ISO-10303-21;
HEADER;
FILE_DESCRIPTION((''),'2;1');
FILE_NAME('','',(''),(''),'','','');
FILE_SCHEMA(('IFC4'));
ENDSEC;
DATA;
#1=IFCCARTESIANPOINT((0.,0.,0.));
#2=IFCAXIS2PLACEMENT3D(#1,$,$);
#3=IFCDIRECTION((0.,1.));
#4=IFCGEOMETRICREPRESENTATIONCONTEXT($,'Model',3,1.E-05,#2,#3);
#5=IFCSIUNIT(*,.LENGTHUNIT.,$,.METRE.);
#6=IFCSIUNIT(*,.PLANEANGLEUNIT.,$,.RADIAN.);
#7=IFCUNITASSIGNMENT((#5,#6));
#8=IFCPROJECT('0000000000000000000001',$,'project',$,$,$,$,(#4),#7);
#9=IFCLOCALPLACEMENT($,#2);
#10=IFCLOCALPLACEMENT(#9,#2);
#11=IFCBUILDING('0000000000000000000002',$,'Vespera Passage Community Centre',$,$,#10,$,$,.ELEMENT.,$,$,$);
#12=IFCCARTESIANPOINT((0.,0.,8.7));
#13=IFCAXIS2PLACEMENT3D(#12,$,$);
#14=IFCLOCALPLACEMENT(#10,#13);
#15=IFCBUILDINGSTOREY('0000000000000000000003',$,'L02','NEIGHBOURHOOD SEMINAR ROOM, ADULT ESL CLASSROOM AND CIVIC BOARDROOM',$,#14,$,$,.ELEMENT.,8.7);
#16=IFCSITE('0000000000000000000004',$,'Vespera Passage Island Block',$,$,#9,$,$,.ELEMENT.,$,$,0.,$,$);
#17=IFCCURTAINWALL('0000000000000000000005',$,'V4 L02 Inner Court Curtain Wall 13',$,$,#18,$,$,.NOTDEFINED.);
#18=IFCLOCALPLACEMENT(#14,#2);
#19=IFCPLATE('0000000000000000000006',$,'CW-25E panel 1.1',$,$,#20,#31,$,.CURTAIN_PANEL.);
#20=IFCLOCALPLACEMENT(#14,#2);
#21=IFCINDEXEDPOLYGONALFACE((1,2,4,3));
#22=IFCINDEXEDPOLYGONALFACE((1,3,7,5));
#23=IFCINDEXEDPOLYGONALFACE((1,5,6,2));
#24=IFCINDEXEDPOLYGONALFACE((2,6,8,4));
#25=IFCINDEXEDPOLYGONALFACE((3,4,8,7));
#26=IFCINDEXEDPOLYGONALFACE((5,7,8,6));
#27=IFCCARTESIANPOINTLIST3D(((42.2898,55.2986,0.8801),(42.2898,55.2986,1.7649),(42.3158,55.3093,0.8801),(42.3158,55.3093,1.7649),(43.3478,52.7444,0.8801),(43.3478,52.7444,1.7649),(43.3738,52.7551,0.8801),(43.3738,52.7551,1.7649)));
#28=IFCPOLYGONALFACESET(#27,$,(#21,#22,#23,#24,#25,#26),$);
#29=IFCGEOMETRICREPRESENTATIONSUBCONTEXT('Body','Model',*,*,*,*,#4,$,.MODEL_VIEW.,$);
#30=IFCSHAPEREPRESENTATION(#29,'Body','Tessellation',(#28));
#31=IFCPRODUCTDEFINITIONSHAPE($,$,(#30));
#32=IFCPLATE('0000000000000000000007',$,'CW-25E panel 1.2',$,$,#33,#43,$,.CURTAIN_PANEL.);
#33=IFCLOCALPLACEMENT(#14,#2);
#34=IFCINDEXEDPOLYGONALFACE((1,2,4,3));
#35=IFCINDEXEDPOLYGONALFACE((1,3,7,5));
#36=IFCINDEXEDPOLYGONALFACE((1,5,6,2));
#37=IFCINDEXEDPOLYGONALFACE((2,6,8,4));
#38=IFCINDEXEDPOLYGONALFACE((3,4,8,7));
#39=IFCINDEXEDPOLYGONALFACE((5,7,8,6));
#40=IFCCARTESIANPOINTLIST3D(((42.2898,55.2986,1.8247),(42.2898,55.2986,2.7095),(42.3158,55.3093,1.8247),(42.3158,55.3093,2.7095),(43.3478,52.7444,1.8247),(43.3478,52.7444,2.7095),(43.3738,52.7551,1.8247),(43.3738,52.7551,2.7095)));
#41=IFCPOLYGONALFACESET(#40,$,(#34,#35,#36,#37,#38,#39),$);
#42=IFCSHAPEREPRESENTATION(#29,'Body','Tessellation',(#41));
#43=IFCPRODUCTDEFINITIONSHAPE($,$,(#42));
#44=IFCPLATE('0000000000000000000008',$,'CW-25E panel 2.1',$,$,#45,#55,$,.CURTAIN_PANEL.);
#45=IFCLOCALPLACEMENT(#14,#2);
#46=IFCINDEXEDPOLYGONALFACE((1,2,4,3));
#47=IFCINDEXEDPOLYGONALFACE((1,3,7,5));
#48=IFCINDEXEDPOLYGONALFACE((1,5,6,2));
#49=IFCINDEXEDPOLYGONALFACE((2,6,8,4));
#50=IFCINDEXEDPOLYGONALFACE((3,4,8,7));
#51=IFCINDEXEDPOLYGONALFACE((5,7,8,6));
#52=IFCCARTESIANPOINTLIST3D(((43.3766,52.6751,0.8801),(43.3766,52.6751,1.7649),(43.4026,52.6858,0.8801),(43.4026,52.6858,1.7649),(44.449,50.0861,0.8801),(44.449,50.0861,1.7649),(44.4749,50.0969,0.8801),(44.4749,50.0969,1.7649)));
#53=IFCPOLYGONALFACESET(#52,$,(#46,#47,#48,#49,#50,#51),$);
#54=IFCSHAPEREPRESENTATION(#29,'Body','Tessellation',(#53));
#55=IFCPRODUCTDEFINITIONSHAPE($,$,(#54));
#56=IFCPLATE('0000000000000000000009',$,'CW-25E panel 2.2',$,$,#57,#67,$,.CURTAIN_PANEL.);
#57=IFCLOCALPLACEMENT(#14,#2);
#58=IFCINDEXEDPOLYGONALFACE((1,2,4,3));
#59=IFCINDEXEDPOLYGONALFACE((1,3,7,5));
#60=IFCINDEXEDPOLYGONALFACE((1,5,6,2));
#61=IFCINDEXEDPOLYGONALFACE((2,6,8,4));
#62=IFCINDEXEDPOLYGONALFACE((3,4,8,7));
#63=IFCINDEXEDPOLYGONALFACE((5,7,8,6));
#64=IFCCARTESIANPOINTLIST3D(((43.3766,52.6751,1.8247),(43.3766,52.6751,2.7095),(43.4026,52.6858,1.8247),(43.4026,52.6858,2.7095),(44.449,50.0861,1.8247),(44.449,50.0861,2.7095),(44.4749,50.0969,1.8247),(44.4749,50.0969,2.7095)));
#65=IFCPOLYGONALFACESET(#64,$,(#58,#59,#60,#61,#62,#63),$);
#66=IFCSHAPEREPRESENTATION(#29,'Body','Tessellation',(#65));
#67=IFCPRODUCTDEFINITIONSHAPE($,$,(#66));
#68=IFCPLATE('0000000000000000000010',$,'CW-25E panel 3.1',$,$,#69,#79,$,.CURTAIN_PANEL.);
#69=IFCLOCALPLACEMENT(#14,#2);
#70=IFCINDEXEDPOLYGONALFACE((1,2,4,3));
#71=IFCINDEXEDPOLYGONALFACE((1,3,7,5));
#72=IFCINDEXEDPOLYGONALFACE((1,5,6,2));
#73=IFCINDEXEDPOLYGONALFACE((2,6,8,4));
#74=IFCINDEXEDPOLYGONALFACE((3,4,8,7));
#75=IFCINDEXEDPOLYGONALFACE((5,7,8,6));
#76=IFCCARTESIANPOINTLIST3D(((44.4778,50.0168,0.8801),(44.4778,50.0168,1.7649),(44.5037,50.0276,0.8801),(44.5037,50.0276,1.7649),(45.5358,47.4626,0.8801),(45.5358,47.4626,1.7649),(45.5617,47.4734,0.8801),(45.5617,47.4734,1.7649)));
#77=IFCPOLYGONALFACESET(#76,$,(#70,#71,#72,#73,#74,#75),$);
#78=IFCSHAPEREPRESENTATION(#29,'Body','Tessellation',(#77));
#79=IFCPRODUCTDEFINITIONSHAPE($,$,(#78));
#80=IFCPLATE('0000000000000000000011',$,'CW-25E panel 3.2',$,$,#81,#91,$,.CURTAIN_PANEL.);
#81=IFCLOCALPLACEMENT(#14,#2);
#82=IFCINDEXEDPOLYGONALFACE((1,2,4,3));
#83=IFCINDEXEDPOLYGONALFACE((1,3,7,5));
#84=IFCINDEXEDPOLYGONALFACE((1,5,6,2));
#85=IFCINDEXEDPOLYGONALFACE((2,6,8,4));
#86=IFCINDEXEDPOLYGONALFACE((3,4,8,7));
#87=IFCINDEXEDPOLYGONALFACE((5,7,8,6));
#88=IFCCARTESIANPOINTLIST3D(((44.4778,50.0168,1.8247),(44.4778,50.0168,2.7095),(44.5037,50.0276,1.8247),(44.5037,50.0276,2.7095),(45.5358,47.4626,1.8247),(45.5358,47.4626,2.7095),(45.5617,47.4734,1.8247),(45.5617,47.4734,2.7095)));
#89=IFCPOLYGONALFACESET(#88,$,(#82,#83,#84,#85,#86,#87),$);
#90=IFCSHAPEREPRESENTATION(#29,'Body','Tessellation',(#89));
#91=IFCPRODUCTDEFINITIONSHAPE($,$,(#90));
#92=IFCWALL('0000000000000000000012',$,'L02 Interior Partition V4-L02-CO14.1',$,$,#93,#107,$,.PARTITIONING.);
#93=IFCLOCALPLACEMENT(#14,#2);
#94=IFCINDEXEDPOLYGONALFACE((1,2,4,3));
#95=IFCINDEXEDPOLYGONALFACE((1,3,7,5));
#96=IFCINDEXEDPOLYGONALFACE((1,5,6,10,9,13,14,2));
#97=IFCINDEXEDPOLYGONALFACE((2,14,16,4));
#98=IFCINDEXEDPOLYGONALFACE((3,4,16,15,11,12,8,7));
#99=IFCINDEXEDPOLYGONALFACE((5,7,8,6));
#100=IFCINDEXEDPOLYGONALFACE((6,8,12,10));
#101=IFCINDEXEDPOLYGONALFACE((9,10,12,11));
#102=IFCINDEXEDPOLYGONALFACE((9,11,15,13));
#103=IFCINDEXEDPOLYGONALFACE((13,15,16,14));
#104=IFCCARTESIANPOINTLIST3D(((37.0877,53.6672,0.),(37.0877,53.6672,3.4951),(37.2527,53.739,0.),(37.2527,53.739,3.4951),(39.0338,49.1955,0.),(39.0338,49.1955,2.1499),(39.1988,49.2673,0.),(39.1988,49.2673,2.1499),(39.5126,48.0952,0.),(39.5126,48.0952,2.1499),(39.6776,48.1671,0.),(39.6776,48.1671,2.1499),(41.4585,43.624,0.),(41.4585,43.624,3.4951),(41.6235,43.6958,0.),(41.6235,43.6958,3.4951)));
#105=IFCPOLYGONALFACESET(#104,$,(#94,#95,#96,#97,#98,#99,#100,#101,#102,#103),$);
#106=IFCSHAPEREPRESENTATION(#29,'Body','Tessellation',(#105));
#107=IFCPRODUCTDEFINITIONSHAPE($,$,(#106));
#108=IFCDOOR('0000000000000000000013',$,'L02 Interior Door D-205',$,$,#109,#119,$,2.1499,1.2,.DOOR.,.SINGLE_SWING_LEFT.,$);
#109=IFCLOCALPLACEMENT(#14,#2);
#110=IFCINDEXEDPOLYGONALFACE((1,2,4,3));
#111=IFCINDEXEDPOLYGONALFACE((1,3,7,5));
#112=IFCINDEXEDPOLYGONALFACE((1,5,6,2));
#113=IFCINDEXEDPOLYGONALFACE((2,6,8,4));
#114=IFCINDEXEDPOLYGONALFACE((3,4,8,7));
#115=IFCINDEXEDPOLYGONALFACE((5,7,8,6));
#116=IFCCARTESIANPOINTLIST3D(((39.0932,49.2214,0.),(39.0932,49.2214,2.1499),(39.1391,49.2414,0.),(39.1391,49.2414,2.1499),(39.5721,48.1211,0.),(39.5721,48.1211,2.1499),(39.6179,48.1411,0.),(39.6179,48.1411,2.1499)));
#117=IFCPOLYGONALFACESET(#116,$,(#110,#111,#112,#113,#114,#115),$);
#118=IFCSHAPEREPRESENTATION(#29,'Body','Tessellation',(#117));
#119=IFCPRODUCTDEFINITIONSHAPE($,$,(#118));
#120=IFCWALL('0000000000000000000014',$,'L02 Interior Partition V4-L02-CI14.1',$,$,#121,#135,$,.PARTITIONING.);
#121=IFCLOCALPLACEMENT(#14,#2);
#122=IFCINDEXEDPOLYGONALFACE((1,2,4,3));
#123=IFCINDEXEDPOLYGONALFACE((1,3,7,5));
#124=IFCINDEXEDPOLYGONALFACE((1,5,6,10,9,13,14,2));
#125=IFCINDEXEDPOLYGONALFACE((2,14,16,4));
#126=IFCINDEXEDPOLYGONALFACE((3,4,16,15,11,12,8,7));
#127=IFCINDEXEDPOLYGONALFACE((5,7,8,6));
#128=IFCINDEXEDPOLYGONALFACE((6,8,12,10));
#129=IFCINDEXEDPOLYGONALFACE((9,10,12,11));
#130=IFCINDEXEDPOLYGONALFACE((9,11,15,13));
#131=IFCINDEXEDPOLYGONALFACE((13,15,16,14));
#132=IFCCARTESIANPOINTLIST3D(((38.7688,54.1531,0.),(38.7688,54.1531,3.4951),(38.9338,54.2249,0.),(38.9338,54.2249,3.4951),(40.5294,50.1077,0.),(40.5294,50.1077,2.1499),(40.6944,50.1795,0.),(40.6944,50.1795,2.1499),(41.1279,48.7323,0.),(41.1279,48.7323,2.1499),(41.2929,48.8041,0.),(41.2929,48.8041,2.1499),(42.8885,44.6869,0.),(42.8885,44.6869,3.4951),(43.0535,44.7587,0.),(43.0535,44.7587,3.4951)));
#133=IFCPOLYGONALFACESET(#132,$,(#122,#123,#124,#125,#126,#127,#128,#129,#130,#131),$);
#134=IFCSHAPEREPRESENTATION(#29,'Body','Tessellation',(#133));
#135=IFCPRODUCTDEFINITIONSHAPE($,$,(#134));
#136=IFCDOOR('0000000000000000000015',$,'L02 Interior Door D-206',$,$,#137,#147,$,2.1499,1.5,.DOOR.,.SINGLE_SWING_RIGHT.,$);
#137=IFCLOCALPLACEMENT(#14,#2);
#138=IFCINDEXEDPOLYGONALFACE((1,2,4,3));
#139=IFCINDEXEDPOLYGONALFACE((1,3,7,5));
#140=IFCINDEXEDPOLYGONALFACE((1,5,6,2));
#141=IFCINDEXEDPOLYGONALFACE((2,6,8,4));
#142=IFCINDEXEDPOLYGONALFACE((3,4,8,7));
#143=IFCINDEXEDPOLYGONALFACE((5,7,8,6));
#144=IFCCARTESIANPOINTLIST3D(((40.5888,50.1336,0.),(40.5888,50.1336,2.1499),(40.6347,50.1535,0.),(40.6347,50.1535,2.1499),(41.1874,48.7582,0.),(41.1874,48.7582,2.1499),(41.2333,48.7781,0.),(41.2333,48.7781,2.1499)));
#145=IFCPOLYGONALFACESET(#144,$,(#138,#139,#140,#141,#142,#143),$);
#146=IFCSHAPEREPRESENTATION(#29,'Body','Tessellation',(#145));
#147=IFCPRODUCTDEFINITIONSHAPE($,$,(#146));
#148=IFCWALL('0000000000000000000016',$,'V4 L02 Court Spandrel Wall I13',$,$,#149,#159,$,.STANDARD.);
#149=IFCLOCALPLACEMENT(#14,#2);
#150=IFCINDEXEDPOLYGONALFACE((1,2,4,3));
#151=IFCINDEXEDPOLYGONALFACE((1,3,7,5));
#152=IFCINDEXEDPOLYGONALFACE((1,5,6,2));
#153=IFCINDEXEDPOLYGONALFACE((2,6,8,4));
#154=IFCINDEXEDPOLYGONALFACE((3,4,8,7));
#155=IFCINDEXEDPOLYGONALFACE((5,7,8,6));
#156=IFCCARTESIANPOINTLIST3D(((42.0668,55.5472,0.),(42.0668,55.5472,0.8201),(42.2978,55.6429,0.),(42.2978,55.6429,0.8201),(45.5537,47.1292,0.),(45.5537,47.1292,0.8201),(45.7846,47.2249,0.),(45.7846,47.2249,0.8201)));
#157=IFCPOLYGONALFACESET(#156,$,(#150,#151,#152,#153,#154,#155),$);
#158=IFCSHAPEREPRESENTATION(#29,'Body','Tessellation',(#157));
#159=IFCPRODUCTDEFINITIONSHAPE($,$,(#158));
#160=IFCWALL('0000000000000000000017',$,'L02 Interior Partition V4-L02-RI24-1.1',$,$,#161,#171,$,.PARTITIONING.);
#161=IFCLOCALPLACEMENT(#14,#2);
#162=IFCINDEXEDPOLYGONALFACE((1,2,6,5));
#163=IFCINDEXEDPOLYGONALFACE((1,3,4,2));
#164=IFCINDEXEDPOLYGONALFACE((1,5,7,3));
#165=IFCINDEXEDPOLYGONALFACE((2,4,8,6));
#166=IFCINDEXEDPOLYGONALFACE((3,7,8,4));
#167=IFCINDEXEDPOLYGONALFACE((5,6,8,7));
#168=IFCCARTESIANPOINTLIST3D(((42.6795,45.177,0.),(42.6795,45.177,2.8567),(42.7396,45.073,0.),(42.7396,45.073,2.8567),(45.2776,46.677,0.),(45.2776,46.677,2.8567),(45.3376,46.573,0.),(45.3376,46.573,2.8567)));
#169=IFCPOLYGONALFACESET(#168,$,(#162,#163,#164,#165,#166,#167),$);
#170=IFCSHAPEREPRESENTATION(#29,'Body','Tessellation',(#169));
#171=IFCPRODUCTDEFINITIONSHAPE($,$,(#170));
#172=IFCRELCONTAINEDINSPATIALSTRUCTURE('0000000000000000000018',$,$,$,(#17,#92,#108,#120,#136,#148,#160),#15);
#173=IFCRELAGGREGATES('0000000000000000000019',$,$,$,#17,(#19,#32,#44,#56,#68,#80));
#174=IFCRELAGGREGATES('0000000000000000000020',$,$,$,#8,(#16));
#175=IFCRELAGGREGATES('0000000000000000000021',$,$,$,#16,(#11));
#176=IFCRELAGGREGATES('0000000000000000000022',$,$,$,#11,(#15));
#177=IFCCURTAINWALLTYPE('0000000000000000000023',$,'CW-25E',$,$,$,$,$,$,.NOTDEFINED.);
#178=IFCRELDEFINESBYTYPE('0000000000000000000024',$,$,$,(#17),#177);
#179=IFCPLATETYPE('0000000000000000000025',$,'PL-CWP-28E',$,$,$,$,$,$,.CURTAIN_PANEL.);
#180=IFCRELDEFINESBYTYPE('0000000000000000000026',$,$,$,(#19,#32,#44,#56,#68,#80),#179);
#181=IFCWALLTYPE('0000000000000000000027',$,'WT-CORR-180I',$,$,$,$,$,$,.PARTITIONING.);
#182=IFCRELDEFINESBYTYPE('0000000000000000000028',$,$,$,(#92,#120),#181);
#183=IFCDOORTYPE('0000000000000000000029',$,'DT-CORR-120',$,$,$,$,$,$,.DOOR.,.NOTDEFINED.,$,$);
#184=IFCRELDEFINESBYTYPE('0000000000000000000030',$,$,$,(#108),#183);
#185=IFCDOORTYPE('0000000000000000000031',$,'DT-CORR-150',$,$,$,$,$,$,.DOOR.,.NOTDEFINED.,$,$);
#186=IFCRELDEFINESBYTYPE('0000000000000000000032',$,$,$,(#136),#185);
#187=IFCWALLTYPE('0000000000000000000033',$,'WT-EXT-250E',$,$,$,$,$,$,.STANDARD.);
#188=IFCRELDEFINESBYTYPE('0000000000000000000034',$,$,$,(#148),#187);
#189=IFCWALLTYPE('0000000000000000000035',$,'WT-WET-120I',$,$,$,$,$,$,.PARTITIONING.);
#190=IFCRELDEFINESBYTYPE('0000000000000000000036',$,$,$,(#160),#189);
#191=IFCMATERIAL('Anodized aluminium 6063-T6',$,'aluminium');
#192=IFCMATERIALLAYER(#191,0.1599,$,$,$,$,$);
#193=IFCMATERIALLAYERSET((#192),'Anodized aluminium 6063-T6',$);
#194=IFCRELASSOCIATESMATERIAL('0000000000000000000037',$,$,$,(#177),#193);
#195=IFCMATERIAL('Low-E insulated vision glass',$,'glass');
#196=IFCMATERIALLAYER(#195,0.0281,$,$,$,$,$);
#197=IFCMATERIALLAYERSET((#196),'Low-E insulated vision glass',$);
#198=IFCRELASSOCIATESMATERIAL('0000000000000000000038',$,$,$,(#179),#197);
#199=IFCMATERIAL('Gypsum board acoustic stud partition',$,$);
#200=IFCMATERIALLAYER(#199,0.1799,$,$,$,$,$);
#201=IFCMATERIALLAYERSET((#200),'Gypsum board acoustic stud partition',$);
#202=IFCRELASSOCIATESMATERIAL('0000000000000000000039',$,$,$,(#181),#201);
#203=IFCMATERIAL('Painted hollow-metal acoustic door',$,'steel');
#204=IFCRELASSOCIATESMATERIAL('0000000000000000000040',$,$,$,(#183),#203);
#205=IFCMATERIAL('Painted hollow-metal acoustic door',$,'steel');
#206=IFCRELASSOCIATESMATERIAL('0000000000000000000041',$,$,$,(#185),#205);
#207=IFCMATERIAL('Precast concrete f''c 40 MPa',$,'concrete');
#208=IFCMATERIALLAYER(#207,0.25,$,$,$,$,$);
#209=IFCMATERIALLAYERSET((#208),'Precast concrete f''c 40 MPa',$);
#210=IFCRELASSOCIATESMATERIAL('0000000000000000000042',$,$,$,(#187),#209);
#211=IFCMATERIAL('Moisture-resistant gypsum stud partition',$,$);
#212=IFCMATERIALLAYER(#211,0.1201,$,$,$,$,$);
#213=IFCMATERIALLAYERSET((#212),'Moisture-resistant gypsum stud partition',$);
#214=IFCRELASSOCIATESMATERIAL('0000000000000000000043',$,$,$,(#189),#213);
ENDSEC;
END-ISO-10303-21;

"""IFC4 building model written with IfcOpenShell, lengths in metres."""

from ifc_helpers import new_model, si_unit, direction, frame, frame_2d, origin, origin_2d, place, context, subcontext, project, spatial, rectangle, extrude, material, layer, layer_set, type_object, element, fill, aggregate, save


model = new_model("IFC4")

# Units and contexts
model_context = context("Model", 3, precision=1e-05, world=origin(), true_north=direction((0.0, 1.0)))
body_context = subcontext(model_context, "Body", "Model", "MODEL_VIEW")
ifc_project = project(units=[si_unit("LENGTHUNIT", "METRE"), si_unit("PLANEANGLEUNIT", "RADIAN")], contexts=[model_context])

# Site, building, storey
site_placement = place(None, origin())
site = spatial("IfcSite", under=ifc_project, at=site_placement, Name="Vespera Passage Island Block", CompositionType="ELEMENT", RefElevation=0.0)
building_placement = place(site_placement, origin())
building = spatial("IfcBuilding", under=site, at=building_placement, Name="Vespera Passage Community Centre", CompositionType="ELEMENT")
storey_placement = place(building_placement, frame((0.0, 0.0, 8.7)))
storey = spatial("IfcBuildingStorey", under=building, at=storey_placement, Name="L02", Description="NEIGHBOURHOOD SEMINAR ROOM, ADULT ESL CLASSROOM AND CIVIC BOARDROOM", CompositionType="ELEMENT", Elevation=8.7)

# Curtain wall
ifc_material_1 = material(Name="Anodized aluminium 6063-T6", Category="aluminium")
ifc_layer_1 = layer(ifc_material_1, 0.1599)
ifc_layer_set_1 = layer_set([ifc_layer_1], Name="Anodized aluminium 6063-T6")
curtain_wall_type_1 = type_object("IfcCurtainWallType", Name="CW-25E", PredefinedType="NOTDEFINED", material=ifc_layer_set_1)
curtain_wall_1_placement = place(storey_placement, origin())
curtain_wall_1 = element("IfcCurtainWall", 1, at=curtain_wall_1_placement, inside=storey, type_object=curtain_wall_type_1, Name="V4 L02 Inner Court Curtain Wall 13", PredefinedType="NOTDEFINED")

# Plates
ifc_material_2 = material(Name="Low-E insulated vision glass", Category="glass")
ifc_layer_2 = layer(ifc_material_2, 0.0281)
ifc_layer_set_2 = layer_set([ifc_layer_2], Name="Low-E insulated vision glass")
plate_type_1 = type_object("IfcPlateType", Name="PL-CWP-28E", PredefinedType="CURTAIN_PANEL", material=ifc_layer_set_2)
plate_1_placement = place(storey_placement, frame((42.8318, 54.0269, 0.8801), z_axis=(0.0, 0.0, 1.0), x_axis=(0.38269, -0.923877, 0.0)))
plate_1 = element("IfcPlate", 2, at=plate_1_placement, type_object=plate_type_1, Name="CW-25E panel 1.1", PredefinedType="CURTAIN_PANEL", context=body_context, shape_type="SweptSolid", body=[
    extrude(rectangle(XDim=2.7646, YDim=0.0281, at=origin_2d()), origin(), (0.0, 0.0, 1.0), 0.8848),
])
plate_2_placement = place(storey_placement, frame((42.8318, 54.0269, 1.8247), z_axis=(0.0, 0.0, 1.0), x_axis=(0.38269, -0.923877, 0.0)))
plate_2 = element("IfcPlate", 3, at=plate_2_placement, type_object=plate_type_1, Name="CW-25E panel 1.2", PredefinedType="CURTAIN_PANEL", context=body_context, shape_type="SweptSolid", body=[
    extrude(rectangle(XDim=2.7646, YDim=0.0281, at=origin_2d()), origin(), (0.0, 0.0, 1.0), 0.8848),
])
plate_3_placement = place(storey_placement, frame((43.9258, 51.386, 0.8801), z_axis=(0.0, 0.0, 1.0), x_axis=(0.38269, -0.923877, 0.0)))
plate_3 = element("IfcPlate", 4, at=plate_3_placement, type_object=plate_type_1, Name="CW-25E panel 2.1", PredefinedType="CURTAIN_PANEL", context=body_context, shape_type="SweptSolid", body=[
    extrude(rectangle(XDim=2.8022, YDim=0.0281, at=origin_2d()), origin(), (0.0, 0.0, 1.0), 0.8848),
])
plate_4_placement = place(storey_placement, frame((43.9258, 51.386, 1.8247), z_axis=(0.0, 0.0, 1.0), x_axis=(0.38269, -0.923877, 0.0)))
plate_4 = element("IfcPlate", 5, at=plate_4_placement, type_object=plate_type_1, Name="CW-25E panel 2.2", PredefinedType="CURTAIN_PANEL", context=body_context, shape_type="SweptSolid", body=[
    extrude(rectangle(XDim=2.8022, YDim=0.0281, at=origin_2d()), origin(), (0.0, 0.0, 1.0), 0.8848),
])
plate_5_placement = place(storey_placement, frame((45.0198, 48.7451, 0.8801), z_axis=(0.0, 0.0, 1.0), x_axis=(0.38269, -0.923877, 0.0)))
plate_5 = element("IfcPlate", 6, at=plate_5_placement, type_object=plate_type_1, Name="CW-25E panel 3.1", PredefinedType="CURTAIN_PANEL", context=body_context, shape_type="SweptSolid", body=[
    extrude(rectangle(XDim=2.7646, YDim=0.0281, at=origin_2d()), origin(), (0.0, 0.0, 1.0), 0.8848),
])
plate_6_placement = place(storey_placement, frame((45.0198, 48.7451, 1.8247), z_axis=(0.0, 0.0, 1.0), x_axis=(0.38269, -0.923877, 0.0)))
plate_6 = element("IfcPlate", 7, at=plate_6_placement, type_object=plate_type_1, Name="CW-25E panel 3.2", PredefinedType="CURTAIN_PANEL", context=body_context, shape_type="SweptSolid", body=[
    extrude(rectangle(XDim=2.7646, YDim=0.0281, at=origin_2d()), origin(), (0.0, 0.0, 1.0), 0.8848),
])
aggregate(curtain_wall_1, [plate_1, plate_2, plate_3, plate_4, plate_5, plate_6])

# Walls, openings, doors
ifc_material_3 = material(Name="Gypsum board acoustic stud partition")
ifc_layer_3 = layer(ifc_material_3, 0.1799)
ifc_layer_set_3 = layer_set([ifc_layer_3], Name="Gypsum board acoustic stud partition")
wall_type_1 = type_object("IfcWallType", Name="WT-CORR-180I", PredefinedType="PARTITIONING", material=ifc_layer_set_3)
wall_1_placement = place(storey_placement, frame((37.1702, 53.7031, 0.0), z_axis=(0.0, 0.0, 1.0), x_axis=(0.399051, -0.916929, 0.0)))
wall_1 = element("IfcWall", 8, at=wall_1_placement, inside=storey, type_object=wall_type_1, Name="L02 Interior Partition V4-L02-CO14.1", PredefinedType="PARTITIONING", context=body_context, shape_type="SweptSolid", body=[
    extrude(rectangle(XDim=10.9531, YDim=0.1799, at=frame_2d((5.4766, 0.0))), origin(), (0.0, 0.0, 1.0), 3.4951),
])
opening_1_placement = place(wall_1_placement, frame((4.8767, 0.0, 0.0)))
opening_1 = element("IfcOpeningElement", 9, at=opening_1_placement, cuts=wall_1, PredefinedType="OPENING", context=body_context, shape_type="SweptSolid", body=[
    extrude(rectangle(XDim=1.2, YDim=2.1499, at=frame_2d((0.6001, 1.075))), frame((0.0, 0.0999, 0.0), z_axis=(0.0, -1.0, 0.0), x_axis=(1.0, 0.0, 0.0)), (0.0, 0.0, 1.0), 0.2),
])
ifc_material_4 = material(Name="Painted hollow-metal acoustic door", Category="steel")
door_type_1 = type_object("IfcDoorType", Name="DT-CORR-120", OperationType="NOTDEFINED", PredefinedType="DOOR", material=ifc_material_4)
door_1_placement = place(opening_1_placement, origin())
door_1 = element("IfcDoor", 10, at=door_1_placement, inside=storey, type_object=door_type_1, Name="L02 Interior Door D-205", OperationType="SINGLE_SWING_LEFT", OverallHeight=2.1499, OverallWidth=1.2, PredefinedType="DOOR", context=body_context, shape_type="SweptSolid", body=[
    extrude(rectangle(XDim=1.2, YDim=2.1499, at=frame_2d((0.6001, 1.075))), frame((0.0, 0.0249, 0.0), z_axis=(0.0, -1.0, 0.0), x_axis=(1.0, 0.0, 0.0)), (0.0, 0.0, 1.0), 0.05),
])
fill(opening_1, door_1)
wall_2_placement = place(storey_placement, frame((38.8513, 54.189, 0.0), z_axis=(0.0, 0.0, 1.0), x_axis=(0.399048, -0.91693, 0.0)))
wall_2 = element("IfcWall", 11, at=wall_2_placement, inside=storey, type_object=wall_type_1, Name="L02 Interior Partition V4-L02-CI14.1", PredefinedType="PARTITIONING", context=body_context, shape_type="SweptSolid", body=[
    extrude(rectangle(XDim=10.3237, YDim=0.1799, at=frame_2d((5.1619, 0.0))), origin(), (0.0, 0.0, 1.0), 3.4951),
])
opening_2_placement = place(wall_2_placement, frame((4.4119, 0.0, 0.0)))
opening_2 = element("IfcOpeningElement", 12, at=opening_2_placement, cuts=wall_2, PredefinedType="OPENING", context=body_context, shape_type="SweptSolid", body=[
    extrude(rectangle(XDim=1.5, YDim=2.1499, at=frame_2d((0.75, 1.075))), frame((0.0, 0.0999, 0.0), z_axis=(0.0, -1.0, 0.0), x_axis=(1.0, 0.0, 0.0)), (0.0, 0.0, 1.0), 0.2),
])
ifc_material_5 = material(Name="Painted hollow-metal acoustic door", Category="steel")
door_type_2 = type_object("IfcDoorType", Name="DT-CORR-150", OperationType="NOTDEFINED", PredefinedType="DOOR", material=ifc_material_5)
door_2_placement = place(opening_2_placement, origin())
door_2 = element("IfcDoor", 13, at=door_2_placement, inside=storey, type_object=door_type_2, Name="L02 Interior Door D-206", OperationType="SINGLE_SWING_RIGHT", OverallHeight=2.1499, OverallWidth=1.5, PredefinedType="DOOR", context=body_context, shape_type="SweptSolid", body=[
    extrude(rectangle(XDim=1.5, YDim=2.1499, at=frame_2d((0.75, 1.075))), frame((0.0, 0.0249, 0.0), z_axis=(0.0, -1.0, 0.0), x_axis=(1.0, 0.0, 0.0)), (0.0, 0.0, 1.0), 0.05),
])
fill(opening_2, door_2)

# Walls
ifc_material_6 = material(Name="Precast concrete f'c 40 MPa", Category="concrete")
ifc_layer_4 = layer(ifc_material_6, 0.25)
ifc_layer_set_4 = layer_set([ifc_layer_4], Name="Precast concrete f'c 40 MPa")
wall_type_2 = type_object("IfcWallType", Name="WT-EXT-250E", PredefinedType="STANDARD", material=ifc_layer_set_4)
wall_3_placement = place(storey_placement, frame((42.1824, 55.595, 0.0), z_axis=(0.0, 0.0, 1.0), x_axis=(0.382682, -0.92388, 0.0)))
element("IfcWall", 14, at=wall_3_placement, inside=storey, type_object=wall_type_2, Name="V4 L02 Court Spandrel Wall I13", PredefinedType="STANDARD", context=body_context, shape_type="SweptSolid", body=[
    extrude(rectangle(XDim=9.1116, YDim=0.25, at=frame_2d((4.5557, 0.0))), origin(), (0.0, 0.0, 1.0), 0.8201),
])
ifc_material_7 = material(Name="Moisture-resistant gypsum stud partition")
ifc_layer_5 = layer(ifc_material_7, 0.1201)
ifc_layer_set_5 = layer_set([ifc_layer_5], Name="Moisture-resistant gypsum stud partition")
wall_type_3 = type_object("IfcWallType", Name="WT-WET-120I", PredefinedType="PARTITIONING", material=ifc_layer_set_5)
wall_4_placement = place(storey_placement, frame((45.3076, 46.625, 0.0), z_axis=(0.0, 0.0, 1.0), x_axis=(-0.866031, -0.49999, 0.0)))
element("IfcWall", 15, at=wall_4_placement, inside=storey, type_object=wall_type_3, Name="L02 Interior Partition V4-L02-RI24-1.1", PredefinedType="PARTITIONING", context=body_context, shape_type="SweptSolid", body=[
    extrude(rectangle(XDim=3.0, YDim=0.1201, at=frame_2d((1.5, 0.0))), origin(), (0.0, 0.0, 1.0), 2.8567),
])

save(model, "model.ifc")
